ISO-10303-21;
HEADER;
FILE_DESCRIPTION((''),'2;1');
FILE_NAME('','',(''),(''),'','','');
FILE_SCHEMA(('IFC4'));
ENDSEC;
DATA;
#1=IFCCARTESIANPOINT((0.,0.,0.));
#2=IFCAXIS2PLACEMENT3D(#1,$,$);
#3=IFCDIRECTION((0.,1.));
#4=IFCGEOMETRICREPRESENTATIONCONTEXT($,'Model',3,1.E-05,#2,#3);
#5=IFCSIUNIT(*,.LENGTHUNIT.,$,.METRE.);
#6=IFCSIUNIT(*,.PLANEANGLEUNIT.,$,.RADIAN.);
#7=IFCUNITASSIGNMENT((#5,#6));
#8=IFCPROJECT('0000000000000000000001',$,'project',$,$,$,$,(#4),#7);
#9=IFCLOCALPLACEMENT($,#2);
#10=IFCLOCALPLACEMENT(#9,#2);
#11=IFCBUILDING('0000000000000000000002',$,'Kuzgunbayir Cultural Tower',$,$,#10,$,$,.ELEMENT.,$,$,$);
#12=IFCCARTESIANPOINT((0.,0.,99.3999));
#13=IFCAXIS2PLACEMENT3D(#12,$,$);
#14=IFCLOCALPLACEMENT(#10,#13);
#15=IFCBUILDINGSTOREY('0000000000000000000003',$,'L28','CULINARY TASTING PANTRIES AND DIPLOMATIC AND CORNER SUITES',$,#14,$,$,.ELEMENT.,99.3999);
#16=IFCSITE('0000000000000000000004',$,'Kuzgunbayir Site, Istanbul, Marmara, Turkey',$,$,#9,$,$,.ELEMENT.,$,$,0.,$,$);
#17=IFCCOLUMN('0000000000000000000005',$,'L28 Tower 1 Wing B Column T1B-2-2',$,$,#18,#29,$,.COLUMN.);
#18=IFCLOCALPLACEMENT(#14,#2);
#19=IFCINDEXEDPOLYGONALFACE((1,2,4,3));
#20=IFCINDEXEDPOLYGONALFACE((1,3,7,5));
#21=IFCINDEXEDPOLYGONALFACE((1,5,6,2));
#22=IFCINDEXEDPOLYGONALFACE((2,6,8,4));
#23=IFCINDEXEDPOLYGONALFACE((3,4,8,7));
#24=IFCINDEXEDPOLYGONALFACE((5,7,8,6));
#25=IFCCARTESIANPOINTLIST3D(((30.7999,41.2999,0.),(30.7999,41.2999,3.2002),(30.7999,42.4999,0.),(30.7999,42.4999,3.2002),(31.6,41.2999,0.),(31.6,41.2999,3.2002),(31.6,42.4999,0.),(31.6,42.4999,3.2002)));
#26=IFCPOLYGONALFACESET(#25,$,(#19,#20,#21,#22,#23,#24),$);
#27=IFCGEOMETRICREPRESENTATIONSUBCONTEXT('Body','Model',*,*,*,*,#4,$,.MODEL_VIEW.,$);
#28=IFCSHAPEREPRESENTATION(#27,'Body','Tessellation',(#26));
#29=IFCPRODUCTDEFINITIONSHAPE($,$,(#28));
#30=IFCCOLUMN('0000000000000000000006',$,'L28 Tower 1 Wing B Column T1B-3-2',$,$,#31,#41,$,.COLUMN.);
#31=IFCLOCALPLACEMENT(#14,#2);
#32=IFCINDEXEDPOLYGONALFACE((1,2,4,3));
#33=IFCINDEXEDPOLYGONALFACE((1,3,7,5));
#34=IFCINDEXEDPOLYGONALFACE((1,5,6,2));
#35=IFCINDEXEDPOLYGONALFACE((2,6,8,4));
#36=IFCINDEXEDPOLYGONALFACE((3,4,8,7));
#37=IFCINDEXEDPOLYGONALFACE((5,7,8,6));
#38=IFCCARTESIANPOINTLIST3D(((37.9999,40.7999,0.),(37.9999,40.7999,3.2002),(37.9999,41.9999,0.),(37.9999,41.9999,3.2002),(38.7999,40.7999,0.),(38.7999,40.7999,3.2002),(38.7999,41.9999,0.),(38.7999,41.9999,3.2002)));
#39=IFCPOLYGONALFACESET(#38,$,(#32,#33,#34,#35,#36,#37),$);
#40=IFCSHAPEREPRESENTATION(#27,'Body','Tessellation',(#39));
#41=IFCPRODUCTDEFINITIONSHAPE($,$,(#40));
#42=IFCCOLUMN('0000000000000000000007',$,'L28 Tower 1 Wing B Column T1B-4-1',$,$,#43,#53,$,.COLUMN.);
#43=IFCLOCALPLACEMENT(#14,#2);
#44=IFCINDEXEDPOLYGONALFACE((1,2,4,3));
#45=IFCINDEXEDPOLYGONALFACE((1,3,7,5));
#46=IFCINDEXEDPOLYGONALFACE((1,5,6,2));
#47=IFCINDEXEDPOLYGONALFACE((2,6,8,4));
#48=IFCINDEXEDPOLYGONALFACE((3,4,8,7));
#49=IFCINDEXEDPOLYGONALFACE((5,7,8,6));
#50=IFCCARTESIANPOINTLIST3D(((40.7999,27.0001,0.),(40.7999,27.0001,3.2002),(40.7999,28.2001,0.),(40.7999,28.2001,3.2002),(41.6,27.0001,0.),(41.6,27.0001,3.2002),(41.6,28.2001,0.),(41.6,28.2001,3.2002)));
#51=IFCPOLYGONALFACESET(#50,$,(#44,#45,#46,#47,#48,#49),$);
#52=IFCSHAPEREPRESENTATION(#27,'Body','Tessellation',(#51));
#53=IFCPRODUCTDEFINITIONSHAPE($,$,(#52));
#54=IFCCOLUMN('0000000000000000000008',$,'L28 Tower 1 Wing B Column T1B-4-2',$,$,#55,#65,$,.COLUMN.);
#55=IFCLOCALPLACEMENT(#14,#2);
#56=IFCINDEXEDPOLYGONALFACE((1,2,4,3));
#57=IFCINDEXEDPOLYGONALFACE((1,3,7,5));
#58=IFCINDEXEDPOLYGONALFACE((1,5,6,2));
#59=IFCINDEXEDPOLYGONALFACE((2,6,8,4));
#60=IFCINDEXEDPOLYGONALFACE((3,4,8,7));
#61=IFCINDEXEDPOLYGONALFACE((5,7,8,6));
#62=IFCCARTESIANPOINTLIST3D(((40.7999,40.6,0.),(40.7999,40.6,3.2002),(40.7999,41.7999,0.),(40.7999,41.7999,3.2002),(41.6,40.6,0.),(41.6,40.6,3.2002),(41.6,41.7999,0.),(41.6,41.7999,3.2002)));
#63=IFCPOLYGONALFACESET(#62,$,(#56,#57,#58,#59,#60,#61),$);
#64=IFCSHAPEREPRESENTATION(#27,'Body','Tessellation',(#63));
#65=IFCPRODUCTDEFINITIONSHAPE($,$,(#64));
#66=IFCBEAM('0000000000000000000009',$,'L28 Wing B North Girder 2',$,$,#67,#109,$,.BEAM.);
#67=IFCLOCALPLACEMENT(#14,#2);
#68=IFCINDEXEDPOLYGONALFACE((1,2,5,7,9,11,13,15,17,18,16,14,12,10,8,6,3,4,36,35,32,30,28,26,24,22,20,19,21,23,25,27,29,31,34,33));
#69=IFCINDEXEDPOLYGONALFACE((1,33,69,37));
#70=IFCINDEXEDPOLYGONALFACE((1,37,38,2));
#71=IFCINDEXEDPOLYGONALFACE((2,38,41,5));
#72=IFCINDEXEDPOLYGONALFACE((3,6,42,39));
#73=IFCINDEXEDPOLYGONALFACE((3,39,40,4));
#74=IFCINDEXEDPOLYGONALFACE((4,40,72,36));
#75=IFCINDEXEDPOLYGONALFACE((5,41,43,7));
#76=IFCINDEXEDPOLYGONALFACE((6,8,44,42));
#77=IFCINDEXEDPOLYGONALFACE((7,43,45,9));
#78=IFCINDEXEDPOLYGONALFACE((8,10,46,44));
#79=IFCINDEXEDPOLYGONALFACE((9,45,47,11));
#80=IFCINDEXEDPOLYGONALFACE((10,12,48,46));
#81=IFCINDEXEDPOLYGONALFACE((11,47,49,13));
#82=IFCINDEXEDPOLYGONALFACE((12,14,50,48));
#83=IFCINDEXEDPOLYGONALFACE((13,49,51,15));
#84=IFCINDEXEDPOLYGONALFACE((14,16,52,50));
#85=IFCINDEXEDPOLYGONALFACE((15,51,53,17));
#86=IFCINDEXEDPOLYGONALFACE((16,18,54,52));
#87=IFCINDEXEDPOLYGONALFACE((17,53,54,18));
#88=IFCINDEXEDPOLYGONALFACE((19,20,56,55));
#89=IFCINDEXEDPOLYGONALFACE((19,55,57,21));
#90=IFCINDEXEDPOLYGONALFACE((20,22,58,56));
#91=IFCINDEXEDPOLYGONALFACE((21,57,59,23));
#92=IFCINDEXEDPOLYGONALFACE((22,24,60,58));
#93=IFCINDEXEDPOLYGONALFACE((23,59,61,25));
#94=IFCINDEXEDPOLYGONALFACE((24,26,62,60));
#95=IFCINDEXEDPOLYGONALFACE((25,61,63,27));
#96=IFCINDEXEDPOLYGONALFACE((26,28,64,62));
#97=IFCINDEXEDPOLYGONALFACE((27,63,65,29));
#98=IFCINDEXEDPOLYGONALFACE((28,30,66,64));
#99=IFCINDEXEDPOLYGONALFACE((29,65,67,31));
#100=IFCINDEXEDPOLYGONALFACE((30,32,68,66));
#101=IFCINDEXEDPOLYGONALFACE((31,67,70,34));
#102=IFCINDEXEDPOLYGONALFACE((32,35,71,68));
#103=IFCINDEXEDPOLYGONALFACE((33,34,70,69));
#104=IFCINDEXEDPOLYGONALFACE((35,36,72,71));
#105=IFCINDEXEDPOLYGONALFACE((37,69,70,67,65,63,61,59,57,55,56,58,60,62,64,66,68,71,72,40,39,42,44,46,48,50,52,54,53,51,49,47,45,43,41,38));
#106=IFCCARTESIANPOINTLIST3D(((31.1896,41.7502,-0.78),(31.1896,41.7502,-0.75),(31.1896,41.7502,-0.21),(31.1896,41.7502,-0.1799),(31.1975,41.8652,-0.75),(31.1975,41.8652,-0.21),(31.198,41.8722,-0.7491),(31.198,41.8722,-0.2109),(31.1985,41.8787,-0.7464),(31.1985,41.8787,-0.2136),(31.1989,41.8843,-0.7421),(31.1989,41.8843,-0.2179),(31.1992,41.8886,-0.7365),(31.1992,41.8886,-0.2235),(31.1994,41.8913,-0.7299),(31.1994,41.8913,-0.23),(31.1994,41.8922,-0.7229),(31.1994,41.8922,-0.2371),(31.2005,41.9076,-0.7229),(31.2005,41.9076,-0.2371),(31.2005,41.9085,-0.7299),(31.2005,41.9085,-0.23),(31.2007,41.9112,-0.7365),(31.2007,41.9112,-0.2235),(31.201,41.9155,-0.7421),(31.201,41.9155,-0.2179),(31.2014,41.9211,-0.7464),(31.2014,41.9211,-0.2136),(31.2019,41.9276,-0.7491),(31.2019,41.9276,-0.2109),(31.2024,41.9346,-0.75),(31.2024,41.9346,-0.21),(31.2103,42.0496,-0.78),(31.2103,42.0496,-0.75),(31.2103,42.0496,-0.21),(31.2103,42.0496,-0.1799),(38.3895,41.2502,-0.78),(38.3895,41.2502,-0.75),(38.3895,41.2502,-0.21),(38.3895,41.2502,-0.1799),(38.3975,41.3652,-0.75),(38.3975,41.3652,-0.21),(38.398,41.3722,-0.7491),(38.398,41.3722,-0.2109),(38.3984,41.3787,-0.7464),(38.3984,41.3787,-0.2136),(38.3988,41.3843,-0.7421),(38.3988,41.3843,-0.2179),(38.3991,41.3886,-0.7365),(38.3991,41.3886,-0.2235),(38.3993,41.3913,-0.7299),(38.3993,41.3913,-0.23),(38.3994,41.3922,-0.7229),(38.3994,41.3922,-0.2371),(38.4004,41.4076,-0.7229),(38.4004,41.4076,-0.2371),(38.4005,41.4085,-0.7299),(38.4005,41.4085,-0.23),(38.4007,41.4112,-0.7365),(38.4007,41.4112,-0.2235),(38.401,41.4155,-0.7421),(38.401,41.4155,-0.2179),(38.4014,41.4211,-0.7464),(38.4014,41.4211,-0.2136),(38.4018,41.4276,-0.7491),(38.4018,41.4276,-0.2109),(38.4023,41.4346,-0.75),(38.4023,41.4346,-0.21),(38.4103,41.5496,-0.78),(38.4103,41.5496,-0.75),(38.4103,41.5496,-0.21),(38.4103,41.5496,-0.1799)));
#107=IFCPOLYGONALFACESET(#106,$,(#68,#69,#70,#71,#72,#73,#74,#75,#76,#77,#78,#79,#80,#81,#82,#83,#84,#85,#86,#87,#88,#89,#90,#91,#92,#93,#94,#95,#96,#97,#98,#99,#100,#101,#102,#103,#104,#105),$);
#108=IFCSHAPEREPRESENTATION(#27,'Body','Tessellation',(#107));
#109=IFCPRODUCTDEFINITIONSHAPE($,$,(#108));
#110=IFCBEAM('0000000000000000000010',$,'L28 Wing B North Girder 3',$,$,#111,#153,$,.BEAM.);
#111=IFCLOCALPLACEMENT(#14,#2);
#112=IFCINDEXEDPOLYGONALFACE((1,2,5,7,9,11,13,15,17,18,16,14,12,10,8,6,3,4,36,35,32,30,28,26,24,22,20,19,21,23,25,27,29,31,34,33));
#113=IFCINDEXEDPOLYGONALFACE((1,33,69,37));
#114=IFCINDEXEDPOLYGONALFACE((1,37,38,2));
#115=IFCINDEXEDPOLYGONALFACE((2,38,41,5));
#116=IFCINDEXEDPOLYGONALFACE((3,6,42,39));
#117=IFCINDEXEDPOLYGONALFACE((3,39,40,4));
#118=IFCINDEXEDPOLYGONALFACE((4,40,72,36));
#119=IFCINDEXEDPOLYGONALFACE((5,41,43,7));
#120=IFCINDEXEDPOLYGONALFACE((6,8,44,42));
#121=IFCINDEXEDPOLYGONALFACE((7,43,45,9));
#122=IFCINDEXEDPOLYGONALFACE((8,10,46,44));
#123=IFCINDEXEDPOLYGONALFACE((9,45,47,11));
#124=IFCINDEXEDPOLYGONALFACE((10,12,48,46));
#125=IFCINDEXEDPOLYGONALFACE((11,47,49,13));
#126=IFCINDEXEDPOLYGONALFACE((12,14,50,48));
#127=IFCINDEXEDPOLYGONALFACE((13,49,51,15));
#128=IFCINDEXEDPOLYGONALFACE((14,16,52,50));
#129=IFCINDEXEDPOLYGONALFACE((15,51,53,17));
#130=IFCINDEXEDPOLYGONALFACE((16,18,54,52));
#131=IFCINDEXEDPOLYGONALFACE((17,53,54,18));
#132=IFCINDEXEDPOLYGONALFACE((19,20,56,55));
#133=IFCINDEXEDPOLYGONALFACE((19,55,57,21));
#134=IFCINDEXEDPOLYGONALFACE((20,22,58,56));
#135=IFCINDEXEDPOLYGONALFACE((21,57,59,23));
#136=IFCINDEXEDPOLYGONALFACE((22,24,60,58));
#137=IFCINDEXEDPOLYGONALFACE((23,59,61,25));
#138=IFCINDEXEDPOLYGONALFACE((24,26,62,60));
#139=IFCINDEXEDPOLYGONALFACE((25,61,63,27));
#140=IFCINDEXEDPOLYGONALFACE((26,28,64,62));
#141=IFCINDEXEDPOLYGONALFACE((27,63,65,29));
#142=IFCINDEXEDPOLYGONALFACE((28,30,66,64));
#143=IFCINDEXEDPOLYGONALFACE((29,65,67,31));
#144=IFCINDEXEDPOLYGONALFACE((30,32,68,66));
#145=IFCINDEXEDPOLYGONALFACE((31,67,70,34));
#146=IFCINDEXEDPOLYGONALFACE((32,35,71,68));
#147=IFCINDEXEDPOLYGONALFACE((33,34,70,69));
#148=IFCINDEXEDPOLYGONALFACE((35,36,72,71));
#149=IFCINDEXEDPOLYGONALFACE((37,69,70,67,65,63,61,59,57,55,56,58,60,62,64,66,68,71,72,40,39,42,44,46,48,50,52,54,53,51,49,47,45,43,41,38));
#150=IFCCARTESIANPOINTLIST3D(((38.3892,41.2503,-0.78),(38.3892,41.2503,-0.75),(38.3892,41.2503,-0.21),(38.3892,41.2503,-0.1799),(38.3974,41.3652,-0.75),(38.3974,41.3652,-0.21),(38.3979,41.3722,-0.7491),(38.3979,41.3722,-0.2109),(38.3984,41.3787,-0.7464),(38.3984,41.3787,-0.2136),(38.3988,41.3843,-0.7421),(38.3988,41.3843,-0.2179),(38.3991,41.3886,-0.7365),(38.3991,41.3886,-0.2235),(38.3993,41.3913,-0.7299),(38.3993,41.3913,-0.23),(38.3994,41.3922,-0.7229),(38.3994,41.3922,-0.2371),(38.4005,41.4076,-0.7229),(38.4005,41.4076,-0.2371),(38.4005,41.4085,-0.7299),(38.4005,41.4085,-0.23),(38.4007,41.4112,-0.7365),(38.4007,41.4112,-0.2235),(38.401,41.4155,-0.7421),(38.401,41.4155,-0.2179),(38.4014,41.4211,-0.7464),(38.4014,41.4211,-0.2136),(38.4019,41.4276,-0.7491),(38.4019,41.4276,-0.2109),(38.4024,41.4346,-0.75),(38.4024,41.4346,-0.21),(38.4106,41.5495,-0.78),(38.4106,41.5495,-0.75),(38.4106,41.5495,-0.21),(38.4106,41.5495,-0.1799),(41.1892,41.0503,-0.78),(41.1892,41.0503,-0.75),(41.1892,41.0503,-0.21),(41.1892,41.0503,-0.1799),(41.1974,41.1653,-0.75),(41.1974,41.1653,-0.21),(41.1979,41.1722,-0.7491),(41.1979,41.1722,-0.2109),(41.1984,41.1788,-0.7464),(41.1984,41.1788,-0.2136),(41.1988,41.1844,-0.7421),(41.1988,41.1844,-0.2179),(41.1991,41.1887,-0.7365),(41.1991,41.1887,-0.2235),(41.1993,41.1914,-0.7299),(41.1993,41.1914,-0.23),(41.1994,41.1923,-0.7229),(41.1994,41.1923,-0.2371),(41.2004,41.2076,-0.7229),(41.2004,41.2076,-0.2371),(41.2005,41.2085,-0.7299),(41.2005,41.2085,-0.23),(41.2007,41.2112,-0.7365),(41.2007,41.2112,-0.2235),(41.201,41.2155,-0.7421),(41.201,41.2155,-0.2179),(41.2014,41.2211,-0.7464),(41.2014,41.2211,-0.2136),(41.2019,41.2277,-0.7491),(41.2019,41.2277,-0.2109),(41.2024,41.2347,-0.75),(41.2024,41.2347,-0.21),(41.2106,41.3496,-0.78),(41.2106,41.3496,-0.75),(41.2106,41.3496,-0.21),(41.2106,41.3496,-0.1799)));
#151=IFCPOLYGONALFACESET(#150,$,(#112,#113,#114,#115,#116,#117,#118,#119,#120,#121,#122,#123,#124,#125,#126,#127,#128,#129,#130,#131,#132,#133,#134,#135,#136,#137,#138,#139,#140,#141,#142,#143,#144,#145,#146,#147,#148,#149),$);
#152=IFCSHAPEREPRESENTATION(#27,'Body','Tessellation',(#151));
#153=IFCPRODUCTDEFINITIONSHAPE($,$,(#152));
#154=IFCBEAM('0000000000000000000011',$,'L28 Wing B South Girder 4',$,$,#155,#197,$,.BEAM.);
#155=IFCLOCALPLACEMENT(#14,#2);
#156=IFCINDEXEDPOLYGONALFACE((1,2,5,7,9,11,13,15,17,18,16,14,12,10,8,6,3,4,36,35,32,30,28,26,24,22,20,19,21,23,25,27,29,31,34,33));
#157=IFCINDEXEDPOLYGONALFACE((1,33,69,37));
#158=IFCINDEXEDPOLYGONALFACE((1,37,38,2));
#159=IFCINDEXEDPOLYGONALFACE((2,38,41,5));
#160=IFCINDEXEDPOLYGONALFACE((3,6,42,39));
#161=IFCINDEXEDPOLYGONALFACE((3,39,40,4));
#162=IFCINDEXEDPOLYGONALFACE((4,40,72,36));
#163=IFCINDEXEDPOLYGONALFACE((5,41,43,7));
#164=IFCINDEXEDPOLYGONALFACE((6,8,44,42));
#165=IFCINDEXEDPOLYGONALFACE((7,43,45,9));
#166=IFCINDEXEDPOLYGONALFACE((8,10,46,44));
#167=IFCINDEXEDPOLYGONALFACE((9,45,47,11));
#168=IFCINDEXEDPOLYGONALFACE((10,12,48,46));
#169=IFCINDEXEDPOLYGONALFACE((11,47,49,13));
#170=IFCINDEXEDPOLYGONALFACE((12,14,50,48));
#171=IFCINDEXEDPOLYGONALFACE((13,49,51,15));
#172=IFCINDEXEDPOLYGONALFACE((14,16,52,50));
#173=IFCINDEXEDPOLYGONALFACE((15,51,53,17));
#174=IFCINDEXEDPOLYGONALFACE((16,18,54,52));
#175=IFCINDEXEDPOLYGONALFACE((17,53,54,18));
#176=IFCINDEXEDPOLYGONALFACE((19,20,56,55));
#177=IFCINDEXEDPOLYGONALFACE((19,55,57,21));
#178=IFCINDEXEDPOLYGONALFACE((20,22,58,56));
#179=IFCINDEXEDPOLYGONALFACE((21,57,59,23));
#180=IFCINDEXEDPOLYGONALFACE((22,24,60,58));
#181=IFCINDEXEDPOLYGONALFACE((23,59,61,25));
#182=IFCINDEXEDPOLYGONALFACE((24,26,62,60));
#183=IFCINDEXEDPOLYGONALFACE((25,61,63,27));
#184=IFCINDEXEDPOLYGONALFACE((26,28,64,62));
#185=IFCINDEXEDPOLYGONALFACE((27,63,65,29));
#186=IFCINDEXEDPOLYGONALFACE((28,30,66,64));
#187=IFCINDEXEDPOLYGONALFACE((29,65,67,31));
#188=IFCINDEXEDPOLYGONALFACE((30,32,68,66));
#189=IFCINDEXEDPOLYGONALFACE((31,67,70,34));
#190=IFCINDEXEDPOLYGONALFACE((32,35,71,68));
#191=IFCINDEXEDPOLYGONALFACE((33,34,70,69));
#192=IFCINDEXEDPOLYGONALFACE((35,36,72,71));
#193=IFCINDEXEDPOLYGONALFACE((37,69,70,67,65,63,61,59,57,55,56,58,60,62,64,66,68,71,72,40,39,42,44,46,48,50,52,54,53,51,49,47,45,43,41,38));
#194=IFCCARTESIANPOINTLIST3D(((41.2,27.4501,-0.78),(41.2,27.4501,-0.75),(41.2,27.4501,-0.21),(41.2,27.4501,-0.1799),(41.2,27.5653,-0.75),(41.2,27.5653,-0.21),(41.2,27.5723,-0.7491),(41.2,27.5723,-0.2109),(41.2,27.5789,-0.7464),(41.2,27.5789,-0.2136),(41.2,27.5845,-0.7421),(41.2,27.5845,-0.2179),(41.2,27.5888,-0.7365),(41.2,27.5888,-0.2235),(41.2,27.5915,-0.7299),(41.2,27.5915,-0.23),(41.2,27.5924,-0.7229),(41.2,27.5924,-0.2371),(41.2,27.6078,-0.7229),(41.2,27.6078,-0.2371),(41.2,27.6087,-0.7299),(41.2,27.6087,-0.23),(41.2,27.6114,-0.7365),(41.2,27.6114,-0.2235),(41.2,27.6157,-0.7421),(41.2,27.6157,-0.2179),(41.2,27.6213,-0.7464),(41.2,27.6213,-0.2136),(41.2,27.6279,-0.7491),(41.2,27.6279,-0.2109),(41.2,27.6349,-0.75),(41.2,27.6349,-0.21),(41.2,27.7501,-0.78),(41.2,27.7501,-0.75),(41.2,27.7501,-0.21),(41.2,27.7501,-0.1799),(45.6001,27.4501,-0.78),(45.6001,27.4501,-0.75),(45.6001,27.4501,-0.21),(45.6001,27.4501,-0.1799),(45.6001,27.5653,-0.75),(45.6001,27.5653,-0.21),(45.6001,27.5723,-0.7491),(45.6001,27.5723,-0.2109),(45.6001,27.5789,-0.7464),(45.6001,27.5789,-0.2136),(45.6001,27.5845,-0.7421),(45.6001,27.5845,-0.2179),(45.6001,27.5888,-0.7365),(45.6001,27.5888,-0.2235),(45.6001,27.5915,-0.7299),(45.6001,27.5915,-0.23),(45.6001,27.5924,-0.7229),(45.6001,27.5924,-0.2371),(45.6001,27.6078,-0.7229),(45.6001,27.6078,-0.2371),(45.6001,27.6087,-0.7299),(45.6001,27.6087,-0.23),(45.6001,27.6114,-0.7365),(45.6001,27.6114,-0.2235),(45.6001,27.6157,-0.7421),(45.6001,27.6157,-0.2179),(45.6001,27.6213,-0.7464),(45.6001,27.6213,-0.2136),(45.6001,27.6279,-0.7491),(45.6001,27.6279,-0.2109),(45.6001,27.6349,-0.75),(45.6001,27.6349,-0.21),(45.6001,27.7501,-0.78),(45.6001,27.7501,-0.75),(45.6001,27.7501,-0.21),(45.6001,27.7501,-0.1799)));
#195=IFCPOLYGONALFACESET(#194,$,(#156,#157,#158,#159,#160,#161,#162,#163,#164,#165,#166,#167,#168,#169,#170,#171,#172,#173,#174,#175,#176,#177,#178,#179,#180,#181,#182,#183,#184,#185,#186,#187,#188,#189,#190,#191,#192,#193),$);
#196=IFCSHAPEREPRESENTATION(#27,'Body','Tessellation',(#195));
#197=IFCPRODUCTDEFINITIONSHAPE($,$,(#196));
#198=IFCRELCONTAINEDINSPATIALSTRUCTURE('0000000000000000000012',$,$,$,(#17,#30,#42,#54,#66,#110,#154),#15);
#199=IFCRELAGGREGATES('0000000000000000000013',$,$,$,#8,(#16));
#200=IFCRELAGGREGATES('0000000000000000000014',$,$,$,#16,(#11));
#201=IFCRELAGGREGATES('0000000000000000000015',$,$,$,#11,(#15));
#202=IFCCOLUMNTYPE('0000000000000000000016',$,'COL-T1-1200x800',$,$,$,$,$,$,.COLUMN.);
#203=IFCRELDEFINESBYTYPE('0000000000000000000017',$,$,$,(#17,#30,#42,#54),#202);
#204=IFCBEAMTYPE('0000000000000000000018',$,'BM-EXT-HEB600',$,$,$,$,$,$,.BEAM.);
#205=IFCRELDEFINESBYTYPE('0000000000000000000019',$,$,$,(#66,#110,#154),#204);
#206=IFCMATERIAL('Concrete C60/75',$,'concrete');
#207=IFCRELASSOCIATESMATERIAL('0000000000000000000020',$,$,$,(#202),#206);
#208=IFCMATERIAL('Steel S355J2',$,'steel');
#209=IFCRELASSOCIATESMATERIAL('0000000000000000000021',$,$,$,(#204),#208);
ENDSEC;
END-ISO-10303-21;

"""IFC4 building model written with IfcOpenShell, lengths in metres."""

from ifc_helpers import new_model, si_unit, direction, frame, origin, origin_2d, place, context, subcontext, project, spatial, rectangle, i_section, extrude, material, material_profile, profile_set, type_object, element, save


model = new_model("IFC4")

# Units and contexts
model_context = context("Model", 3, precision=1e-05, world=origin(), true_north=direction((0.0, 1.0)))
body_context = subcontext(model_context, "Body", "Model", "MODEL_VIEW")
ifc_project = project(units=[si_unit("LENGTHUNIT", "METRE"), si_unit("PLANEANGLEUNIT", "RADIAN")], contexts=[model_context])

# Site, building, storey
site_placement = place(None, origin())
site = spatial("IfcSite", under=ifc_project, at=site_placement, Name="Kuzgunbayir Site, Istanbul, Marmara, Turkey", CompositionType="ELEMENT", RefElevation=0.0)
building_placement = place(site_placement, origin())
building = spatial("IfcBuilding", under=site, at=building_placement, Name="Kuzgunbayir Cultural Tower", CompositionType="ELEMENT")
storey_placement = place(building_placement, frame((0.0, 0.0, 99.3999)))
storey = spatial("IfcBuildingStorey", under=building, at=storey_placement, Name="L28", Description="CULINARY TASTING PANTRIES AND DIPLOMATIC AND CORNER SUITES", CompositionType="ELEMENT", Elevation=99.3999)

# Columns
ifc_material_1 = material(Name="Concrete C60/75", Category="concrete")
ifc_material_profile_1 = material_profile(ifc_material_1, rectangle(XDim=0.8, YDim=1.2, at=origin_2d()), Name="RC 1200x800")
ifc_profile_set_1 = profile_set([ifc_material_profile_1], Name="Concrete C60/75")
column_type = type_object("IfcColumnType", Name="COL-T1-1200x800", PredefinedType="COLUMN", material=ifc_profile_set_1)
for number, where, z_axis, x_axis, name in (
    (1, (31.2, 41.8999, 0.0), (0.0, 0.0, 1.0), (1.0, 0.0, 0.0), "L28 Tower 1 Wing B Column T1B-2-2"),
    (2, (38.3999, 41.3999, 0.0), (0.0, 0.0, 1.0), (1.0, 0.0, 0.0), "L28 Tower 1 Wing B Column T1B-3-2"),
    (3, (41.2, 27.6001, 0.0), (0.0, 0.0, 1.0), (1.0, 0.0, 0.0), "L28 Tower 1 Wing B Column T1B-4-1"),
    (4, (41.2, 41.2, 0.0), (0.0, 0.0, 1.0), (1.0, 0.0, 0.0), "L28 Tower 1 Wing B Column T1B-4-2"),
):
    element("IfcColumn", number, at=place(storey_placement, frame(where, z_axis=z_axis, x_axis=x_axis)), inside=storey, type_object=column_type, Name=name, PredefinedType="COLUMN", context=body_context, shape_type="SweptSolid", body=[
        extrude(rectangle(XDim=0.8, YDim=1.2, at=origin_2d()), origin(), (0.0, 0.0, 1.0), 3.2002),
    ])

# Beams
ifc_material_2 = material(Name="Steel S355J2", Category="steel")
ifc_material_profile_2 = material_profile(ifc_material_2, i_section(OverallWidth=0.3, OverallDepth=0.6001, WebThickness=0.0154, FlangeThickness=0.03, FilletRadius=0.0271, at=origin_2d()), Name="HEB 600")
ifc_profile_set_2 = profile_set([ifc_material_profile_2], Name="Steel S355J2")
beam_type_1 = type_object("IfcBeamType", Name="BM-EXT-HEB600", PredefinedType="BEAM", material=ifc_profile_set_2)
beam_1_placement = place(storey_placement, frame((31.2, 41.8999, -0.48), z_axis=(0.997597, -0.069278, 0.0), x_axis=(0.069278, 0.997597, 0.0)))
element("IfcBeam", 5, at=beam_1_placement, inside=storey, type_object=beam_type_1, Name="L28 Wing B North Girder 2", PredefinedType="BEAM", context=body_context, shape_type="SweptSolid", body=[
    extrude(i_section(OverallWidth=0.3, OverallDepth=0.6001, WebThickness=0.0154, FlangeThickness=0.03, FilletRadius=0.0271, at=origin_2d()), origin(), (0.0, 0.0, 1.0), 7.2173),
])
beam_2_placement = place(storey_placement, frame((38.3999, 41.3999, -0.48), z_axis=(0.99746, -0.071229, 0.0), x_axis=(0.071229, 0.99746, 0.0)))
element("IfcBeam", 6, at=beam_2_placement, inside=storey, type_object=beam_type_1, Name="L28 Wing B North Girder 3", PredefinedType="BEAM", context=body_context, shape_type="SweptSolid", body=[
    extrude(i_section(OverallWidth=0.3, OverallDepth=0.6001, WebThickness=0.0154, FlangeThickness=0.03, FilletRadius=0.0271, at=origin_2d()), origin(), (0.0, 0.0, 1.0), 2.8071),
])
for number, where, z_axis, x_axis, name in (
    (7, (41.2, 27.6001, -0.48), (1.0, 0.0, 0.0), (0.0, 1.0, 0.0), "L28 Wing B South Girder 4"),
):
    element("IfcBeam", number, at=place(storey_placement, frame(where, z_axis=z_axis, x_axis=x_axis)), inside=storey, type_object=beam_type_1, Name=name, PredefinedType="BEAM", context=body_context, shape_type="SweptSolid", body=[
        extrude(i_section(OverallWidth=0.3, OverallDepth=0.6001, WebThickness=0.0154, FlangeThickness=0.03, FilletRadius=0.0271, at=origin_2d()), origin(), (0.0, 0.0, 1.0), 4.4001),
    ])

save(model, "model.ifc")
